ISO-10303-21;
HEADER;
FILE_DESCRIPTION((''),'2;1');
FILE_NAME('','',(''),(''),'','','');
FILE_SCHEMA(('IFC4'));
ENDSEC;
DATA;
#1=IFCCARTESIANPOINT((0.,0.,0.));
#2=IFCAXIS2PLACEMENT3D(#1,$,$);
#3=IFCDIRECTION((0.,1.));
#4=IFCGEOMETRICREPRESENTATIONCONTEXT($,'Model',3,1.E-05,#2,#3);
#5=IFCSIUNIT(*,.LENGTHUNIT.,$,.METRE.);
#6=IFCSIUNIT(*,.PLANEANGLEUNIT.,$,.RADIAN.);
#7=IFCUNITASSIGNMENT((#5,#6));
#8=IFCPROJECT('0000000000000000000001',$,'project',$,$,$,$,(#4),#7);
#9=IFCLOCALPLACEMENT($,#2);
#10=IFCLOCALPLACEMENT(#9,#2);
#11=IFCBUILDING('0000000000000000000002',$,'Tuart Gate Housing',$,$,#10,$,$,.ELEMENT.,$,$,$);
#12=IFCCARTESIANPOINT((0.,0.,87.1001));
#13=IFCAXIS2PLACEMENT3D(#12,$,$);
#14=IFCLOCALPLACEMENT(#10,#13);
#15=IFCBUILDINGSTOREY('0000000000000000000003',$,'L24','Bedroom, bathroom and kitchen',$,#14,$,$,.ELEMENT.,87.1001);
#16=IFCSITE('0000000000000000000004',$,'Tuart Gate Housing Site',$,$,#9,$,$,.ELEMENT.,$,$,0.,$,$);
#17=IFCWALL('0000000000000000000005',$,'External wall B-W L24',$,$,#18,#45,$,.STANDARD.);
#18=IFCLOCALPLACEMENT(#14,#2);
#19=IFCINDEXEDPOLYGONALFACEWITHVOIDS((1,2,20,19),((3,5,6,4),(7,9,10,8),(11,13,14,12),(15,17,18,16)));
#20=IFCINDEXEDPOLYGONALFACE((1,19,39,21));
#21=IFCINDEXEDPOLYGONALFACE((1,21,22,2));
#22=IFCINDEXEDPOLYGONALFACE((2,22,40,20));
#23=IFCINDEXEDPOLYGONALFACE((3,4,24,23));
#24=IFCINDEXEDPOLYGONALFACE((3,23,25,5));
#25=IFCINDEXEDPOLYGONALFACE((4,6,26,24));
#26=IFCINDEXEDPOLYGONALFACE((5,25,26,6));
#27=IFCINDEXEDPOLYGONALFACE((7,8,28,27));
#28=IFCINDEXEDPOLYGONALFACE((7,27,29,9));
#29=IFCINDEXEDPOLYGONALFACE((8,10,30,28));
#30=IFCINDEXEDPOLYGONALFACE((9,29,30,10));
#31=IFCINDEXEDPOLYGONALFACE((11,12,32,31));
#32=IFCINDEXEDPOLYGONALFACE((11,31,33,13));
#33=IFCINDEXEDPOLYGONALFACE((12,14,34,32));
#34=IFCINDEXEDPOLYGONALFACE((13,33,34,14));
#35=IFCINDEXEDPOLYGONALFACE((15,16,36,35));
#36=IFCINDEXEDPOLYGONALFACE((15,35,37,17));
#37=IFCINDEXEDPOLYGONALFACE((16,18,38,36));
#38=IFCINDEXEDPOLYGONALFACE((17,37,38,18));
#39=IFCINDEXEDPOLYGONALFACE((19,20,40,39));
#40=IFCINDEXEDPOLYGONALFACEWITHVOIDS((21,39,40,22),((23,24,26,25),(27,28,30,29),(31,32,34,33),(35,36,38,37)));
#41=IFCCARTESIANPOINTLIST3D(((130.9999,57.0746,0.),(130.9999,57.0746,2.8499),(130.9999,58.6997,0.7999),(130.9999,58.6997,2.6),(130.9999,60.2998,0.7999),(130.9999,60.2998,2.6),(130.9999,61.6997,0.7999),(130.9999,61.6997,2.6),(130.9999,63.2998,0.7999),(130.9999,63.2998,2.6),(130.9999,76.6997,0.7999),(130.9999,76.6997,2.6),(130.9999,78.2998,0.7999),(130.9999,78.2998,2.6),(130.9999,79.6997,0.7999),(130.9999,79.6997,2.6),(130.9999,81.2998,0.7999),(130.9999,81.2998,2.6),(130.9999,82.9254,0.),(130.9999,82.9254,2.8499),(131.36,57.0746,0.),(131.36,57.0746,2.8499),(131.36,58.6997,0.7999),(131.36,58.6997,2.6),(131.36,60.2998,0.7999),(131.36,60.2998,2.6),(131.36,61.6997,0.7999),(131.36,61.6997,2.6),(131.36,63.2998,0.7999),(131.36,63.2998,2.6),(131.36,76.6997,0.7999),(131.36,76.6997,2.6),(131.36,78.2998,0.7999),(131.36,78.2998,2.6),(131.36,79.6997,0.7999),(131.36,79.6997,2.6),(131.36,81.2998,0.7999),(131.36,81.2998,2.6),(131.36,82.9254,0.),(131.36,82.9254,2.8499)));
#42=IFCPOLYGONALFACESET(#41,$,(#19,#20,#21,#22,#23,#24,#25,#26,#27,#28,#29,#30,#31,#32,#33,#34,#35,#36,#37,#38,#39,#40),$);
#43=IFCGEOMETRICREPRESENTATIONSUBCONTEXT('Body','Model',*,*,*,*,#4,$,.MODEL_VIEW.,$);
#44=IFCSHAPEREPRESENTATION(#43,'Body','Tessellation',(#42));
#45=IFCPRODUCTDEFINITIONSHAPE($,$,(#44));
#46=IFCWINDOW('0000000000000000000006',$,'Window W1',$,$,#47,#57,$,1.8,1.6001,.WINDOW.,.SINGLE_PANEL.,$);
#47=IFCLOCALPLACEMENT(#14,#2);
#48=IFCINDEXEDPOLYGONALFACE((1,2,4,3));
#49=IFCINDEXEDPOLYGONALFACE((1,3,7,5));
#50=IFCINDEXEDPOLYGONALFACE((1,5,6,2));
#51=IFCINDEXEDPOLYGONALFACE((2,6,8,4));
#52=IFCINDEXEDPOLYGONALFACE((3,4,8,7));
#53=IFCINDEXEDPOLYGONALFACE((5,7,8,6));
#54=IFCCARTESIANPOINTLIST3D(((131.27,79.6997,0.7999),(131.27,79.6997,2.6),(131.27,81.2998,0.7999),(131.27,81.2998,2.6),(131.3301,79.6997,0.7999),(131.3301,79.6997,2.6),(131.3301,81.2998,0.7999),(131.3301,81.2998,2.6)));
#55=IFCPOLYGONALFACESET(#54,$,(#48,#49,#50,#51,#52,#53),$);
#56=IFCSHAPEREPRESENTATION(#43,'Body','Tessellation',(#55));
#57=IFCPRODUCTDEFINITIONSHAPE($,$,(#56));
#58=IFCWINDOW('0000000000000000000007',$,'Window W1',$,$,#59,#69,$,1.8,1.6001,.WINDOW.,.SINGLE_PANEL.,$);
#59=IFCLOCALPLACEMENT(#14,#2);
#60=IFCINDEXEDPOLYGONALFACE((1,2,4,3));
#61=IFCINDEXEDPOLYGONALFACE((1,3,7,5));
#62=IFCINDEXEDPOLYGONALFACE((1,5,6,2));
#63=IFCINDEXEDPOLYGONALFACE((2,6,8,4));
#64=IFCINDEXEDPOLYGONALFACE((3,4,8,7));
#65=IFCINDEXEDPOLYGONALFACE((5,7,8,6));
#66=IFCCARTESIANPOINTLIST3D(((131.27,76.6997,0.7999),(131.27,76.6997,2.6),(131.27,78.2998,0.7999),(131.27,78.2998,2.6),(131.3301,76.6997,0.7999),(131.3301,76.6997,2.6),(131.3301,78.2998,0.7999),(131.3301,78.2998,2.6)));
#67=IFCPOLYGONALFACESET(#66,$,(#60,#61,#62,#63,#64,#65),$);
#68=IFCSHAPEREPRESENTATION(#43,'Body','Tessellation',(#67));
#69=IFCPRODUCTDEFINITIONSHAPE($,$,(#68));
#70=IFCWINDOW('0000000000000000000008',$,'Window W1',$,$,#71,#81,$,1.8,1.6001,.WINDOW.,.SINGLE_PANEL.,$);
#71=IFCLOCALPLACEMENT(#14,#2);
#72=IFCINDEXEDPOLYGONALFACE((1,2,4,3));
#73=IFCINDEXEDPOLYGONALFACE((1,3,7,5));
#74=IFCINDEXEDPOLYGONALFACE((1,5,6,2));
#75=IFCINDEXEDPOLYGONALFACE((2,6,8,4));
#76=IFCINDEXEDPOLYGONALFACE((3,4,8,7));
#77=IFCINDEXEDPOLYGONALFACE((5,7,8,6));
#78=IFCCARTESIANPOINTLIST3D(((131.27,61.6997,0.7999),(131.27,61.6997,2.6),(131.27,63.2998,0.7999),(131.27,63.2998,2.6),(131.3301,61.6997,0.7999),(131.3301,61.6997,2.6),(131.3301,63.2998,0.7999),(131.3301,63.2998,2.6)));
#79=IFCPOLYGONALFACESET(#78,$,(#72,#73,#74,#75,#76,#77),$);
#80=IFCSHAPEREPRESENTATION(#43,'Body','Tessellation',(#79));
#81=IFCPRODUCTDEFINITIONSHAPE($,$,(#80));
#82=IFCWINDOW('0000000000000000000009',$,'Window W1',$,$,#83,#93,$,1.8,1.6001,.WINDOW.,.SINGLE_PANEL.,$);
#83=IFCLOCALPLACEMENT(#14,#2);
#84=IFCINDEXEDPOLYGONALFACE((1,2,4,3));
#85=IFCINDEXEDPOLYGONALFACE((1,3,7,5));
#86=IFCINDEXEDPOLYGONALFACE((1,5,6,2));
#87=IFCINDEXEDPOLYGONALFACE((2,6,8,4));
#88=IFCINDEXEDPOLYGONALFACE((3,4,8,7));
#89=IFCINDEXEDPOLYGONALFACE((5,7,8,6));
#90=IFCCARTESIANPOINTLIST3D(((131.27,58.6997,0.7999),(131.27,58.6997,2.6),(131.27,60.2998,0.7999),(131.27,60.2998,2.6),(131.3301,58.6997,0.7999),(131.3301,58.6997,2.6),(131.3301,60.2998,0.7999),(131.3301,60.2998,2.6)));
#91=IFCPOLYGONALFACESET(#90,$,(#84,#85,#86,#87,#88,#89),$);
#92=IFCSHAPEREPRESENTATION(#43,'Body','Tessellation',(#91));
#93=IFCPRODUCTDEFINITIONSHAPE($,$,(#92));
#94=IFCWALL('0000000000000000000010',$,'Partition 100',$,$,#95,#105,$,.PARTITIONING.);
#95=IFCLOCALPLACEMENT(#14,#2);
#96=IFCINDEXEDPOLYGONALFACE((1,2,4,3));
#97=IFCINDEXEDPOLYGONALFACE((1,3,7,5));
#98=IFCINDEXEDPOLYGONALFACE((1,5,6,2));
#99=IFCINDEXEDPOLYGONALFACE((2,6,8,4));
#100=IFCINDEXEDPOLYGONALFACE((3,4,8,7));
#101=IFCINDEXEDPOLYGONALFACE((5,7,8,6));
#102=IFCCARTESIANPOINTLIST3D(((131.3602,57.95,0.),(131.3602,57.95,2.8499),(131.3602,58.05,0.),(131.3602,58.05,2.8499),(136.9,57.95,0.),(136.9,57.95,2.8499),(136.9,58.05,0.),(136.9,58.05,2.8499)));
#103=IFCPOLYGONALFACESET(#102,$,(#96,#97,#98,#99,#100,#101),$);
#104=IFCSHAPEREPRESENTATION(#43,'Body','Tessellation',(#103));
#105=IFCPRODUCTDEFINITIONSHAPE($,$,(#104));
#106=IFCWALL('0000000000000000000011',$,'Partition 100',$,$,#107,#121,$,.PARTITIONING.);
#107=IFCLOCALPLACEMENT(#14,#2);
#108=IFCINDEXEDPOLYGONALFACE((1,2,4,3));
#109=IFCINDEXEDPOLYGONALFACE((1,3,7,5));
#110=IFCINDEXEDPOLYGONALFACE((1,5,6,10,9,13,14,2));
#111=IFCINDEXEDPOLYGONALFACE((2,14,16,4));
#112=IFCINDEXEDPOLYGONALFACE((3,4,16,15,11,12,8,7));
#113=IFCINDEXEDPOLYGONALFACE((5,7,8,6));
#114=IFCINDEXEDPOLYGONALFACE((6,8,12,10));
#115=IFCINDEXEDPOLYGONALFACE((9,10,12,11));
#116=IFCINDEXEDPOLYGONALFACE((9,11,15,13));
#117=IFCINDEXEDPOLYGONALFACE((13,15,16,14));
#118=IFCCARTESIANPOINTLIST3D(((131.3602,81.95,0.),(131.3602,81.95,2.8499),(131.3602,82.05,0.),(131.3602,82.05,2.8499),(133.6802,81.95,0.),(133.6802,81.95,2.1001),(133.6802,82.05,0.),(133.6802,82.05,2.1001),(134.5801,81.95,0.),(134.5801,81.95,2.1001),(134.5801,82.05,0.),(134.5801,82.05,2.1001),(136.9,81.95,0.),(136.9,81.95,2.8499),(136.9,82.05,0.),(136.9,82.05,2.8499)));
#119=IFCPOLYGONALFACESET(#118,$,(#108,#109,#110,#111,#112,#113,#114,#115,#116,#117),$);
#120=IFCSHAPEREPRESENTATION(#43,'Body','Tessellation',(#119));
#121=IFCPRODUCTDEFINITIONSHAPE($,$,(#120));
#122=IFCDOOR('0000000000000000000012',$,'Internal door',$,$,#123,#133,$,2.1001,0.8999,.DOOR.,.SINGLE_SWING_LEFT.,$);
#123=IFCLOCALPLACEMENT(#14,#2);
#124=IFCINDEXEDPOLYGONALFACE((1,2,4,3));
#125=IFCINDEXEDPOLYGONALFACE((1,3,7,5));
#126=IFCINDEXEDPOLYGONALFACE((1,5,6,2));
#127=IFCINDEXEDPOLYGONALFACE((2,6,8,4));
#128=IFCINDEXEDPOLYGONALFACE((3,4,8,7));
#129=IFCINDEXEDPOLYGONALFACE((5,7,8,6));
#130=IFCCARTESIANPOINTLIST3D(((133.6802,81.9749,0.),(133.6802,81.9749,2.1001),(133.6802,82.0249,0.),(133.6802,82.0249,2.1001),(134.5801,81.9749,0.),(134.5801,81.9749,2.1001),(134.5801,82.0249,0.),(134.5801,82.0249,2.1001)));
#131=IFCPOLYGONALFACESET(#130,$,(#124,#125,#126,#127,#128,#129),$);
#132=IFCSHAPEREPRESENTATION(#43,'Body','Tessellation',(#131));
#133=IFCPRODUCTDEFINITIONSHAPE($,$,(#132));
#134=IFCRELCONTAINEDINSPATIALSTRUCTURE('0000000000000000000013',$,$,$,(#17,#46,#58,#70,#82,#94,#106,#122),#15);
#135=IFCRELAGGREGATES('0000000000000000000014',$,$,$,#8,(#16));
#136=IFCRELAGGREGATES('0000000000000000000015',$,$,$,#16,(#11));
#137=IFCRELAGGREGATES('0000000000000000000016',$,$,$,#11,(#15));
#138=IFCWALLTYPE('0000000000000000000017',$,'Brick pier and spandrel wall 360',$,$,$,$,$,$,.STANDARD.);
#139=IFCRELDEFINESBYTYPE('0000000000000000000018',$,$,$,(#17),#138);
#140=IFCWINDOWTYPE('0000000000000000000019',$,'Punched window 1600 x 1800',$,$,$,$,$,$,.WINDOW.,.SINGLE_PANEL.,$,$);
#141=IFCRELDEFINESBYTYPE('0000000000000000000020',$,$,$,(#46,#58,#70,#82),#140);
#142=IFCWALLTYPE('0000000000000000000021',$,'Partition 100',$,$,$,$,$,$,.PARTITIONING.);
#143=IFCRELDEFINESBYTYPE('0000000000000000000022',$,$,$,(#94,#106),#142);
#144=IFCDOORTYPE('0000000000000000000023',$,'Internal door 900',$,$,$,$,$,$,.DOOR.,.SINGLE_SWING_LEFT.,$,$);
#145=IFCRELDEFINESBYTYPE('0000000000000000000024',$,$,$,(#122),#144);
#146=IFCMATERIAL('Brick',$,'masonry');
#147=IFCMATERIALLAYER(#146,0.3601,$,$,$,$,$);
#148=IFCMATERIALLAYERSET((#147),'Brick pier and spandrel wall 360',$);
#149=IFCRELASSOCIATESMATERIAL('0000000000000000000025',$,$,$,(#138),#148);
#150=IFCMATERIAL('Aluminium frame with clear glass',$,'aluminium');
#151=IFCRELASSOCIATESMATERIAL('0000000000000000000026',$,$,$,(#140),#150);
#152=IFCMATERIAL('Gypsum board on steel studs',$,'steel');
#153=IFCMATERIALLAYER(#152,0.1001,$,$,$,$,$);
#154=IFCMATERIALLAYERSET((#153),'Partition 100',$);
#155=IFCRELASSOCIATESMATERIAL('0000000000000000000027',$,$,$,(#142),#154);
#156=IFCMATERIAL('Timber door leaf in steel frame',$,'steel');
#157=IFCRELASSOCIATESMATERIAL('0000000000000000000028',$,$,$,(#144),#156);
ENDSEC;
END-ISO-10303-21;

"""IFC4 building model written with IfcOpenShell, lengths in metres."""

from ifc_helpers import new_model, si_unit, direction, frame, frame_2d, origin, place, context, subcontext, project, spatial, rectangle, extrude, material, layer, layer_set, type_object, element, fill, save


model = new_model("IFC4")

# Units and contexts
model_context = context("Model", 3, precision=1e-05, world=origin(), true_north=direction((0.0, 1.0)))
body_context = subcontext(model_context, "Body", "Model", "MODEL_VIEW")
ifc_project = project(units=[si_unit("LENGTHUNIT", "METRE"), si_unit("PLANEANGLEUNIT", "RADIAN")], contexts=[model_context])

# Site, building, storey
site_placement = place(None, origin())
site = spatial("IfcSite", under=ifc_project, at=site_placement, Name="Tuart Gate Housing Site", CompositionType="ELEMENT", RefElevation=0.0)
building_placement = place(site_placement, origin())
building = spatial("IfcBuilding", under=site, at=building_placement, Name="Tuart Gate Housing", CompositionType="ELEMENT")
storey_placement = place(building_placement, frame((0.0, 0.0, 87.1001)))
storey = spatial("IfcBuildingStorey", under=building, at=storey_placement, Name="L24", Description="Bedroom, bathroom and kitchen", CompositionType="ELEMENT", Elevation=87.1001)

# Shared definitions
ifc_material_1 = material(Name="Brick", Category="masonry")
ifc_layer_1 = layer(ifc_material_1, 0.3601)
ifc_layer_set_1 = layer_set([ifc_layer_1], Name="Brick pier and spandrel wall 360")
wall_type_1 = type_object("IfcWallType", Name="Brick pier and spandrel wall 360", PredefinedType="STANDARD", material=ifc_layer_set_1)
ifc_material_2 = material(Name="Aluminium frame with clear glass", Category="aluminium")
window_type = type_object("IfcWindowType", Name="Punched window 1600 x 1800", PartitioningType="SINGLE_PANEL", PredefinedType="WINDOW", material=ifc_material_2)

# Wall, openings, windows
wall_1_placement = place(storey_placement, frame((131.1799, 82.9253, 0.0), z_axis=(0.0, 0.0, 1.0), x_axis=(0.0, -1.0, 0.0)))
wall_1 = element("IfcWall", 1, at=wall_1_placement, inside=storey, type_object=wall_type_1, Name="External wall B-W L24", PredefinedType="STANDARD", context=body_context, shape_type="SweptSolid", body=[
    extrude(rectangle(XDim=25.8508, YDim=0.3601, at=frame_2d((12.9253, 0.0))), origin(), (0.0, 0.0, 1.0), 2.8499),
])
opening_1_placement = place(wall_1_placement, frame((1.6255, 0.0, 0.8)))
opening_1 = element("IfcOpeningElement", 2, at=opening_1_placement, cuts=wall_1, PredefinedType="OPENING", context=body_context, shape_type="SweptSolid", body=[
    extrude(rectangle(XDim=1.6001, YDim=1.8, at=frame_2d((0.8, 0.8999))), frame((0.0, 0.1899, 0.0), z_axis=(0.0, -1.0, 0.0), x_axis=(1.0, 0.0, 0.0)), (0.0, 0.0, 1.0), 0.3801),
])
opening_2_placement = place(wall_1_placement, frame((4.6255, 0.0, 0.8)))
opening_2 = element("IfcOpeningElement", 3, at=opening_2_placement, cuts=wall_1, PredefinedType="OPENING", context=body_context, shape_type="SweptSolid", body=[
    extrude(rectangle(XDim=1.6001, YDim=1.8, at=frame_2d((0.8, 0.8999))), frame((0.0, 0.1899, 0.0), z_axis=(0.0, -1.0, 0.0), x_axis=(1.0, 0.0, 0.0)), (0.0, 0.0, 1.0), 0.3801),
])
opening_3_placement = place(wall_1_placement, frame((19.6255, 0.0, 0.8)))
opening_3 = element("IfcOpeningElement", 4, at=opening_3_placement, cuts=wall_1, PredefinedType="OPENING", context=body_context, shape_type="SweptSolid", body=[
    extrude(rectangle(XDim=1.6001, YDim=1.8, at=frame_2d((0.8, 0.8999))), frame((0.0, 0.1899, 0.0), z_axis=(0.0, -1.0, 0.0), x_axis=(1.0, 0.0, 0.0)), (0.0, 0.0, 1.0), 0.3801),
])
opening_4_placement = place(wall_1_placement, frame((22.6255, 0.0, 0.8)))
opening_4 = element("IfcOpeningElement", 5, at=opening_4_placement, cuts=wall_1, PredefinedType="OPENING", context=body_context, shape_type="SweptSolid", body=[
    extrude(rectangle(XDim=1.6001, YDim=1.8, at=frame_2d((0.8, 0.8999))), frame((0.0, 0.1899, 0.0), z_axis=(0.0, -1.0, 0.0), x_axis=(1.0, 0.0, 0.0)), (0.0, 0.0, 1.0), 0.3801),
])
window_1_placement = place(opening_1_placement, origin())
window_1 = element("IfcWindow", 6, at=window_1_placement, inside=storey, type_object=window_type, Name="Window W1", OverallHeight=1.8, OverallWidth=1.6001, PartitioningType="SINGLE_PANEL", PredefinedType="WINDOW", context=body_context, shape_type="SweptSolid", body=[
    extrude(rectangle(XDim=1.6001, YDim=1.8, at=frame_2d((0.8, 0.8999))), frame((0.0, 0.1501, 0.0), z_axis=(0.0, -1.0, 0.0), x_axis=(1.0, 0.0, 0.0)), (0.0, 0.0, 1.0), 0.0601),
])
fill(opening_1, window_1)
window_2_placement = place(opening_2_placement, origin())
window_2 = element("IfcWindow", 7, at=window_2_placement, inside=storey, type_object=window_type, Name="Window W1", OverallHeight=1.8, OverallWidth=1.6001, PartitioningType="SINGLE_PANEL", PredefinedType="WINDOW", context=body_context, shape_type="SweptSolid", body=[
    extrude(rectangle(XDim=1.6001, YDim=1.8, at=frame_2d((0.8, 0.8999))), frame((0.0, 0.1501, 0.0), z_axis=(0.0, -1.0, 0.0), x_axis=(1.0, 0.0, 0.0)), (0.0, 0.0, 1.0), 0.0601),
])
fill(opening_2, window_2)
window_3_placement = place(opening_3_placement, origin())
window_3 = element("IfcWindow", 8, at=window_3_placement, inside=storey, type_object=window_type, Name="Window W1", OverallHeight=1.8, OverallWidth=1.6001, PartitioningType="SINGLE_PANEL", PredefinedType="WINDOW", context=body_context, shape_type="SweptSolid", body=[
    extrude(rectangle(XDim=1.6001, YDim=1.8, at=frame_2d((0.8, 0.8999))), frame((0.0, 0.1501, 0.0), z_axis=(0.0, -1.0, 0.0), x_axis=(1.0, 0.0, 0.0)), (0.0, 0.0, 1.0), 0.0601),
])
fill(opening_3, window_3)
window_4_placement = place(opening_4_placement, origin())
window_4 = element("IfcWindow", 9, at=window_4_placement, inside=storey, type_object=window_type, Name="Window W1", OverallHeight=1.8, OverallWidth=1.6001, PartitioningType="SINGLE_PANEL", PredefinedType="WINDOW", context=body_context, shape_type="SweptSolid", body=[
    extrude(rectangle(XDim=1.6001, YDim=1.8, at=frame_2d((0.8, 0.8999))), frame((0.0, 0.1501, 0.0), z_axis=(0.0, -1.0, 0.0), x_axis=(1.0, 0.0, 0.0)), (0.0, 0.0, 1.0), 0.0601),
])
fill(opening_4, window_4)

# Wall
ifc_material_3 = material(Name="Gypsum board on steel studs", Category="steel")
ifc_layer_2 = layer(ifc_material_3, 0.1001)
ifc_layer_set_2 = layer_set([ifc_layer_2], Name="Partition 100")
wall_type_2 = type_object("IfcWallType", Name="Partition 100", PredefinedType="PARTITIONING", material=ifc_layer_set_2)
wall_2_placement = place(storey_placement, frame((131.3601, 58.0, 0.0), z_axis=(0.0, 0.0, 1.0), x_axis=(1.0, 0.0, 0.0)))
element("IfcWall", 10, at=wall_2_placement, inside=storey, type_object=wall_type_2, Name="Partition 100", PredefinedType="PARTITIONING", context=body_context, shape_type="SweptSolid", body=[
    extrude(rectangle(XDim=5.5398, YDim=0.1001, at=frame_2d((2.77, 0.0))), origin(), (0.0, 0.0, 1.0), 2.8499),
])

# Wall, opening, door
wall_3_placement = place(storey_placement, frame((131.3601, 82.0, 0.0), z_axis=(0.0, 0.0, 1.0), x_axis=(1.0, 0.0, 0.0)))
wall_3 = element("IfcWall", 11, at=wall_3_placement, inside=storey, type_object=wall_type_2, Name="Partition 100", PredefinedType="PARTITIONING", context=body_context, shape_type="SweptSolid", body=[
    extrude(rectangle(XDim=5.5398, YDim=0.1001, at=frame_2d((2.77, 0.0))), origin(), (0.0, 0.0, 1.0), 2.8499),
])
opening_5_placement = place(wall_3_placement, frame((2.3201, 0.0, 0.0)))
opening_5 = element("IfcOpeningElement", 12, at=opening_5_placement, cuts=wall_3, PredefinedType="OPENING", context=body_context, shape_type="SweptSolid", body=[
    extrude(rectangle(XDim=0.8999, YDim=2.1001, at=frame_2d((0.45, 1.05))), frame((0.0, 0.0601, 0.0), z_axis=(0.0, -1.0, 0.0), x_axis=(1.0, 0.0, 0.0)), (0.0, 0.0, 1.0), 0.1201),
])
ifc_material_4 = material(Name="Timber door leaf in steel frame", Category="steel")
door_type = type_object("IfcDoorType", Name="Internal door 900", OperationType="SINGLE_SWING_LEFT", PredefinedType="DOOR", material=ifc_material_4)
door_placement = place(opening_5_placement, origin())
door = element("IfcDoor", 13, at=door_placement, inside=storey, type_object=door_type, Name="Internal door", OperationType="SINGLE_SWING_LEFT", OverallHeight=2.1001, OverallWidth=0.8999, PredefinedType="DOOR", context=body_context, shape_type="SweptSolid", body=[
    extrude(rectangle(XDim=0.8999, YDim=2.1001, at=frame_2d((0.45, 1.05))), frame((0.0, 0.0249, 0.0), z_axis=(0.0, -1.0, 0.0), x_axis=(1.0, 0.0, 0.0)), (0.0, 0.0, 1.0), 0.05),
])
fill(opening_5, door)

save(model, "model.ifc")
